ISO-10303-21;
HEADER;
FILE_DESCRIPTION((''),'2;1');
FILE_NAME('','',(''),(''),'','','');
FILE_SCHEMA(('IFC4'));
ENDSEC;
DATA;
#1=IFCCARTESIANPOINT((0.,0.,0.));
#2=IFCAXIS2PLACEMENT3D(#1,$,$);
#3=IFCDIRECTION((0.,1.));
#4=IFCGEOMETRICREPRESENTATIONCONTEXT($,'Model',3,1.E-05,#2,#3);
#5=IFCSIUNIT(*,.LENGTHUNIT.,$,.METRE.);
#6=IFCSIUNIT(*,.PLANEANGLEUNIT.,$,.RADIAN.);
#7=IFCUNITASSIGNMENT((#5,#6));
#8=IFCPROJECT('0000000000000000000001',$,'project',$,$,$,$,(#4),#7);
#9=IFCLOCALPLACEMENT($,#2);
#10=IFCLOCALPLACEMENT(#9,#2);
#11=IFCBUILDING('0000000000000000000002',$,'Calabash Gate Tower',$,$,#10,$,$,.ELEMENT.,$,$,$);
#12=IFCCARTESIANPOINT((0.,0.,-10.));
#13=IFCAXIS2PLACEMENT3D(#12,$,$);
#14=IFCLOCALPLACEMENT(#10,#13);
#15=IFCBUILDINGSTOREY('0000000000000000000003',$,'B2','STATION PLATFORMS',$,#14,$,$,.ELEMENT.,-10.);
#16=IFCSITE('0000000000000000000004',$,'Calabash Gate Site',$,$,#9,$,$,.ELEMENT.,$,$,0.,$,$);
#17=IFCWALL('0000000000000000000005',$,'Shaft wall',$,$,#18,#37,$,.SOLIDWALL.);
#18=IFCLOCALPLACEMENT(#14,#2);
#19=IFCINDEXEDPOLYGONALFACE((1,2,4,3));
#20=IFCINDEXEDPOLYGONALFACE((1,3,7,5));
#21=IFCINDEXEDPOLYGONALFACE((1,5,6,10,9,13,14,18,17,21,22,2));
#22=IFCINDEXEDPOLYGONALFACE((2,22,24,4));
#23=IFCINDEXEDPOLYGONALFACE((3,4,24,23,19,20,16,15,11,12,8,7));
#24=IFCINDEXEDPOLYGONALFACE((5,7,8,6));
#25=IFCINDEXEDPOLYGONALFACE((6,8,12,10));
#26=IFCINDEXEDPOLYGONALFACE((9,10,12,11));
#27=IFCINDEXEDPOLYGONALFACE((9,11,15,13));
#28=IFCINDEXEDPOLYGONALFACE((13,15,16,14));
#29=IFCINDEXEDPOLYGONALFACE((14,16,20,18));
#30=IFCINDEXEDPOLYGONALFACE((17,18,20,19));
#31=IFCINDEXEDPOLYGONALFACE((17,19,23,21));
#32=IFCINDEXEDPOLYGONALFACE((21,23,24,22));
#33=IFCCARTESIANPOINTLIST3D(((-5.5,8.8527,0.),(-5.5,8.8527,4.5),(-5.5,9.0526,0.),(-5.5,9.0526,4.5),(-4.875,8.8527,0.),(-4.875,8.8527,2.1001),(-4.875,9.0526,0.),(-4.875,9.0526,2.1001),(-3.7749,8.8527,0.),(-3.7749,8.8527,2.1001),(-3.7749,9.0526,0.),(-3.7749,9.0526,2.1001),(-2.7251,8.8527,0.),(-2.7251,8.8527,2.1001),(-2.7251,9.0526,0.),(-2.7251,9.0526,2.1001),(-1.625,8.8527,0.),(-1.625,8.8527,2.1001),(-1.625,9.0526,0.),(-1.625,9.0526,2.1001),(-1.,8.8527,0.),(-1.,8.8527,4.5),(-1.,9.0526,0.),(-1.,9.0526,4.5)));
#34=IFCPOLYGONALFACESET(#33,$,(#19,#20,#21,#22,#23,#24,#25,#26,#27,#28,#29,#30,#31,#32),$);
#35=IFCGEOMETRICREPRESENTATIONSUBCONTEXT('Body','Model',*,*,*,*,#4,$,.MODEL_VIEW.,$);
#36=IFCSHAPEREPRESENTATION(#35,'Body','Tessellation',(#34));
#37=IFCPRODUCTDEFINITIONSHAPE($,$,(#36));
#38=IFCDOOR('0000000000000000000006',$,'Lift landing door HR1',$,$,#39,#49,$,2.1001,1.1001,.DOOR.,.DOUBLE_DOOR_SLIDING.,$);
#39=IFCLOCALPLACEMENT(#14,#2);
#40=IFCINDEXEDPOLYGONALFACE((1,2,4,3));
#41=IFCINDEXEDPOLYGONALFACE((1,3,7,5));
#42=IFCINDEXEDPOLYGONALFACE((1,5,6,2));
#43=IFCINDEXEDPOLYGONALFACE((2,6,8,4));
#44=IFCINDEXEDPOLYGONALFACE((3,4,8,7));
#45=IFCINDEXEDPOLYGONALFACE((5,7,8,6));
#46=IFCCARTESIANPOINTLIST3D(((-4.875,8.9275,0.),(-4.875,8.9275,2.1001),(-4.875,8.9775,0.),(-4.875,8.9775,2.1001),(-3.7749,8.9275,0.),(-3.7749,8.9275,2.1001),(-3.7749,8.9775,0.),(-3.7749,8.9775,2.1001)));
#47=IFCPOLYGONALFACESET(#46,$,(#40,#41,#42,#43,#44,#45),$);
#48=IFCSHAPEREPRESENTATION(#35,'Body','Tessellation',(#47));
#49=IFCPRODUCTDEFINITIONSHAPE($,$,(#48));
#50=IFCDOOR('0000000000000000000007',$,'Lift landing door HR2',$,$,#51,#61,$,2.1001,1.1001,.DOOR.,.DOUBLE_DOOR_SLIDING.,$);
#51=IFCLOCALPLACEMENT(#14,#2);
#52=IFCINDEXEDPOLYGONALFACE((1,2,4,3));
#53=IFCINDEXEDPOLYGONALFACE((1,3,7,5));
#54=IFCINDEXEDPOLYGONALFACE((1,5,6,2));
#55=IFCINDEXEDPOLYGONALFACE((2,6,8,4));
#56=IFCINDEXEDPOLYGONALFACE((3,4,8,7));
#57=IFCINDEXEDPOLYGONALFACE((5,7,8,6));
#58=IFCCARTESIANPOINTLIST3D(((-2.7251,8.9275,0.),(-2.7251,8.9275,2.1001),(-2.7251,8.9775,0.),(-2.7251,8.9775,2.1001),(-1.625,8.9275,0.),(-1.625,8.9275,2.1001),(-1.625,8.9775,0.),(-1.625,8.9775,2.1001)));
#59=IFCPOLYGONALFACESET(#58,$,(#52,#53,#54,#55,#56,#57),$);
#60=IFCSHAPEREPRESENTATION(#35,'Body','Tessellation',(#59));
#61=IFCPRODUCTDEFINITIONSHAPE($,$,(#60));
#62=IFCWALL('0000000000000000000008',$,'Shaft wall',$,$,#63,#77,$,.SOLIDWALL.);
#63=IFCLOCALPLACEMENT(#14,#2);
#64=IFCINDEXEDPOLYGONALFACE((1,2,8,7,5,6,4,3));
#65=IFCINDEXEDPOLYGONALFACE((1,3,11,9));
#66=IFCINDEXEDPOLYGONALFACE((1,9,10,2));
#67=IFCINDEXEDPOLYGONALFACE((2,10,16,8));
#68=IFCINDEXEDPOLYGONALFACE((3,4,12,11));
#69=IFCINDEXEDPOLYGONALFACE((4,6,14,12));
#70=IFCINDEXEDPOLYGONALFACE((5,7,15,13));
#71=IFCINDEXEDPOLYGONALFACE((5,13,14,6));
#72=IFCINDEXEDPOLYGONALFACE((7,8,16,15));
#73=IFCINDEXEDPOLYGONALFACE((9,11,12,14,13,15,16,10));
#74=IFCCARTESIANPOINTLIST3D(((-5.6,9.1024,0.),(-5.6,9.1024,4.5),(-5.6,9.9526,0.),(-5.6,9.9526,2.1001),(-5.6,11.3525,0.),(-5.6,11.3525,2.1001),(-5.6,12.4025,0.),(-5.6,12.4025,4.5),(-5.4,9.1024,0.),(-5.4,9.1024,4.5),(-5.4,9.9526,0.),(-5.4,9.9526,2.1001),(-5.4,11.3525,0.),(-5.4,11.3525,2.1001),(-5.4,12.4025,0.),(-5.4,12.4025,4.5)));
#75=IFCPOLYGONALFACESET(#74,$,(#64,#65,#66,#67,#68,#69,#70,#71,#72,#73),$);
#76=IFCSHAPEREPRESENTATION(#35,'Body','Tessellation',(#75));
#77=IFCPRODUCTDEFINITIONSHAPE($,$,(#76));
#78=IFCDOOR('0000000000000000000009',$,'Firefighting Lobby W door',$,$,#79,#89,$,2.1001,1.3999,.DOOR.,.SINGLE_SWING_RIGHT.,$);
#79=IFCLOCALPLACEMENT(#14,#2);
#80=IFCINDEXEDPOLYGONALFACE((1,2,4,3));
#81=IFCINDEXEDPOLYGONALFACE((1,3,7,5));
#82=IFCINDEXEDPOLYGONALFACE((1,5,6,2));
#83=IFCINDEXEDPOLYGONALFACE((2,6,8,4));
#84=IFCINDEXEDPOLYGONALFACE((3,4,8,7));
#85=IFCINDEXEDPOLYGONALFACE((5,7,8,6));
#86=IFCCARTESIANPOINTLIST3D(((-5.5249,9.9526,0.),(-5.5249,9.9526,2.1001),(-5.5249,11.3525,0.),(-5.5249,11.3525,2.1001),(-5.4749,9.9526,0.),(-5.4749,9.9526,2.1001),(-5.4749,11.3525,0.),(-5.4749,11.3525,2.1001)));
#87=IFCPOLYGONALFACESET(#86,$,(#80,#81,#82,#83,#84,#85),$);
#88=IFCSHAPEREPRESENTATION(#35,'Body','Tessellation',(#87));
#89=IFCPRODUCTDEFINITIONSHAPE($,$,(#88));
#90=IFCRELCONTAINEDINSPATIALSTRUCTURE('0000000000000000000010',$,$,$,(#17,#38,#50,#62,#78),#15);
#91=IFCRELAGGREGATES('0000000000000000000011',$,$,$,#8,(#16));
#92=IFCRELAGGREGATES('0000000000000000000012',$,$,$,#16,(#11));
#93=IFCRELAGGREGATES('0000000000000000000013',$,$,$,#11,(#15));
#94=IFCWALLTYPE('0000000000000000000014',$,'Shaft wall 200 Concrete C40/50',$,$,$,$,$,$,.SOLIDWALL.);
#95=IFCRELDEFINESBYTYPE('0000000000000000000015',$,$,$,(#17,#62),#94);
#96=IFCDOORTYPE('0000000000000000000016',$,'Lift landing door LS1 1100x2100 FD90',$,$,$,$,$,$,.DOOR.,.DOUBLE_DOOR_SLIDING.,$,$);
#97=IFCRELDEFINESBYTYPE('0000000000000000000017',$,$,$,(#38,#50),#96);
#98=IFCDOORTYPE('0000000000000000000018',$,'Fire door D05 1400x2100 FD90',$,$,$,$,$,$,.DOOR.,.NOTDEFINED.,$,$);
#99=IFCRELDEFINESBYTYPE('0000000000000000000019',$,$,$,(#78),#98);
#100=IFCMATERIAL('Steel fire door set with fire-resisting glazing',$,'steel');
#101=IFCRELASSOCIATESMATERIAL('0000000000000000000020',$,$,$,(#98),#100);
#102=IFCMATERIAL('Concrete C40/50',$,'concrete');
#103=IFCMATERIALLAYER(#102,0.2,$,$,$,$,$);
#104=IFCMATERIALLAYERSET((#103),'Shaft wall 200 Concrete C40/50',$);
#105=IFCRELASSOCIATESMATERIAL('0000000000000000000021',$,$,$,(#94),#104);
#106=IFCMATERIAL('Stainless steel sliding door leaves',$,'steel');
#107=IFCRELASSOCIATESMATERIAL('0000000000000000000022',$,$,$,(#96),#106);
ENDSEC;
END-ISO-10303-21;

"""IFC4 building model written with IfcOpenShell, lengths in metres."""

from ifc_helpers import new_model, si_unit, direction, frame, frame_2d, origin, place, context, subcontext, project, spatial, rectangle, extrude, material, layer, layer_set, type_object, element, fill, save


model = new_model("IFC4")

# Units and contexts
model_context = context("Model", 3, precision=1e-05, world=origin(), true_north=direction((0.0, 1.0)))
body_context = subcontext(model_context, "Body", "Model", "MODEL_VIEW")
ifc_project = project(units=[si_unit("LENGTHUNIT", "METRE"), si_unit("PLANEANGLEUNIT", "RADIAN")], contexts=[model_context])

# Site, building, storey
site_placement = place(None, origin())
site = spatial("IfcSite", under=ifc_project, at=site_placement, Name="Calabash Gate Site", CompositionType="ELEMENT", RefElevation=0.0)
building_placement = place(site_placement, origin())
building = spatial("IfcBuilding", under=site, at=building_placement, Name="Calabash Gate Tower", CompositionType="ELEMENT")
storey_placement = place(building_placement, frame((0.0, 0.0, -10.0)))
storey = spatial("IfcBuildingStorey", under=building, at=storey_placement, Name="B2", Description="STATION PLATFORMS", CompositionType="ELEMENT", Elevation=-10.0)

# Shared definitions
ifc_material_1 = material(Name="Steel fire door set with fire-resisting glazing", Category="steel")
door_type_1 = type_object("IfcDoorType", Name="Fire door D05 1400x2100 FD90", OperationType="NOTDEFINED", PredefinedType="DOOR", material=ifc_material_1)

# Shared definitions
ifc_material_2 = material(Name="Concrete C40/50", Category="concrete")
ifc_layer_1 = layer(ifc_material_2, 0.2)
ifc_layer_set_1 = layer_set([ifc_layer_1], Name="Shaft wall 200 Concrete C40/50")
wall_type_1 = type_object("IfcWallType", Name="Shaft wall 200 Concrete C40/50", PredefinedType="SOLIDWALL", material=ifc_layer_set_1)

# Wall, openings, doors
wall_1_placement = place(storey_placement, frame((-5.5, 8.9526, 0.0), z_axis=(0.0, 0.0, 1.0), x_axis=(1.0, 0.0, 0.0)))
wall_1 = element("IfcWall", 1, at=wall_1_placement, inside=storey, type_object=wall_type_1, Name="Shaft wall", PredefinedType="SOLIDWALL", context=body_context, shape_type="SweptSolid", body=[
    extrude(rectangle(XDim=4.5, YDim=0.2, at=frame_2d((2.25, 0.0))), origin(), (0.0, 0.0, 1.0), 4.5),
])
opening_1_placement = place(wall_1_placement, frame((0.625, 0.0, 0.0)))
opening_1 = element("IfcOpeningElement", 2, at=opening_1_placement, cuts=wall_1, PredefinedType="OPENING", context=body_context, shape_type="SweptSolid", body=[
    extrude(rectangle(XDim=1.1001, YDim=2.1001, at=frame_2d((0.55, 1.05))), frame((0.0, 0.1099, 0.0), z_axis=(0.0, -1.0, 0.0), x_axis=(1.0, 0.0, 0.0)), (0.0, 0.0, 1.0), 0.22),
])
opening_2_placement = place(wall_1_placement, frame((2.7749, 0.0, 0.0)))
opening_2 = element("IfcOpeningElement", 3, at=opening_2_placement, cuts=wall_1, PredefinedType="OPENING", context=body_context, shape_type="SweptSolid", body=[
    extrude(rectangle(XDim=1.1001, YDim=2.1001, at=frame_2d((0.55, 1.05))), frame((0.0, 0.1099, 0.0), z_axis=(0.0, -1.0, 0.0), x_axis=(1.0, 0.0, 0.0)), (0.0, 0.0, 1.0), 0.22),
])
ifc_material_3 = material(Name="Stainless steel sliding door leaves", Category="steel")
door_type_2 = type_object("IfcDoorType", Name="Lift landing door LS1 1100x2100 FD90", OperationType="DOUBLE_DOOR_SLIDING", PredefinedType="DOOR", material=ifc_material_3)
door_1_placement = place(opening_1_placement, origin())
door_1 = element("IfcDoor", 4, at=door_1_placement, inside=storey, type_object=door_type_2, Name="Lift landing door HR1", OperationType="DOUBLE_DOOR_SLIDING", OverallHeight=2.1001, OverallWidth=1.1001, PredefinedType="DOOR", context=body_context, shape_type="SweptSolid", body=[
    extrude(rectangle(XDim=1.1001, YDim=2.1001, at=frame_2d((0.55, 1.05))), frame((0.0, 0.0249, 0.0), z_axis=(0.0, -1.0, 0.0), x_axis=(1.0, 0.0, 0.0)), (0.0, 0.0, 1.0), 0.05),
])
fill(opening_1, door_1)
door_2_placement = place(opening_2_placement, origin())
door_2 = element("IfcDoor", 5, at=door_2_placement, inside=storey, type_object=door_type_2, Name="Lift landing door HR2", OperationType="DOUBLE_DOOR_SLIDING", OverallHeight=2.1001, OverallWidth=1.1001, PredefinedType="DOOR", context=body_context, shape_type="SweptSolid", body=[
    extrude(rectangle(XDim=1.1001, YDim=2.1001, at=frame_2d((0.55, 1.05))), frame((0.0, 0.0249, 0.0), z_axis=(0.0, -1.0, 0.0), x_axis=(1.0, 0.0, 0.0)), (0.0, 0.0, 1.0), 0.05),
])
fill(opening_2, door_2)

# Wall, opening, door
wall_2_placement = place(storey_placement, frame((-5.5, 9.1025, 0.0), z_axis=(0.0, 0.0, 1.0), x_axis=(0.0, 1.0, 0.0)))
wall_2 = element("IfcWall", 6, at=wall_2_placement, inside=storey, type_object=wall_type_1, Name="Shaft wall", PredefinedType="SOLIDWALL", context=body_context, shape_type="SweptSolid", body=[
    extrude(rectangle(XDim=3.3, YDim=0.2, at=frame_2d((1.6499, 0.0))), origin(), (0.0, 0.0, 1.0), 4.5),
])
opening_3_placement = place(wall_2_placement, frame((0.8501, 0.0, 0.0)))
opening_3 = element("IfcOpeningElement", 7, at=opening_3_placement, cuts=wall_2, PredefinedType="OPENING", context=body_context, shape_type="SweptSolid", body=[
    extrude(rectangle(XDim=1.3999, YDim=2.1001, at=frame_2d((0.7, 1.05))), frame((0.0, 0.1099, 0.0), z_axis=(0.0, -1.0, 0.0), x_axis=(1.0, 0.0, 0.0)), (0.0, 0.0, 1.0), 0.22),
])
door_3_placement = place(opening_3_placement, origin())
door_3 = element("IfcDoor", 8, at=door_3_placement, inside=storey, type_object=door_type_1, Name="Firefighting Lobby W door", OperationType="SINGLE_SWING_RIGHT", OverallHeight=2.1001, OverallWidth=1.3999, PredefinedType="DOOR", context=body_context, shape_type="SweptSolid", body=[
    extrude(rectangle(XDim=1.3999, YDim=2.1001, at=frame_2d((0.7, 1.05))), frame((0.0, 0.0249, 0.0), z_axis=(0.0, -1.0, 0.0), x_axis=(1.0, 0.0, 0.0)), (0.0, 0.0, 1.0), 0.05),
])
fill(opening_3, door_3)

save(model, "model.ifc")
